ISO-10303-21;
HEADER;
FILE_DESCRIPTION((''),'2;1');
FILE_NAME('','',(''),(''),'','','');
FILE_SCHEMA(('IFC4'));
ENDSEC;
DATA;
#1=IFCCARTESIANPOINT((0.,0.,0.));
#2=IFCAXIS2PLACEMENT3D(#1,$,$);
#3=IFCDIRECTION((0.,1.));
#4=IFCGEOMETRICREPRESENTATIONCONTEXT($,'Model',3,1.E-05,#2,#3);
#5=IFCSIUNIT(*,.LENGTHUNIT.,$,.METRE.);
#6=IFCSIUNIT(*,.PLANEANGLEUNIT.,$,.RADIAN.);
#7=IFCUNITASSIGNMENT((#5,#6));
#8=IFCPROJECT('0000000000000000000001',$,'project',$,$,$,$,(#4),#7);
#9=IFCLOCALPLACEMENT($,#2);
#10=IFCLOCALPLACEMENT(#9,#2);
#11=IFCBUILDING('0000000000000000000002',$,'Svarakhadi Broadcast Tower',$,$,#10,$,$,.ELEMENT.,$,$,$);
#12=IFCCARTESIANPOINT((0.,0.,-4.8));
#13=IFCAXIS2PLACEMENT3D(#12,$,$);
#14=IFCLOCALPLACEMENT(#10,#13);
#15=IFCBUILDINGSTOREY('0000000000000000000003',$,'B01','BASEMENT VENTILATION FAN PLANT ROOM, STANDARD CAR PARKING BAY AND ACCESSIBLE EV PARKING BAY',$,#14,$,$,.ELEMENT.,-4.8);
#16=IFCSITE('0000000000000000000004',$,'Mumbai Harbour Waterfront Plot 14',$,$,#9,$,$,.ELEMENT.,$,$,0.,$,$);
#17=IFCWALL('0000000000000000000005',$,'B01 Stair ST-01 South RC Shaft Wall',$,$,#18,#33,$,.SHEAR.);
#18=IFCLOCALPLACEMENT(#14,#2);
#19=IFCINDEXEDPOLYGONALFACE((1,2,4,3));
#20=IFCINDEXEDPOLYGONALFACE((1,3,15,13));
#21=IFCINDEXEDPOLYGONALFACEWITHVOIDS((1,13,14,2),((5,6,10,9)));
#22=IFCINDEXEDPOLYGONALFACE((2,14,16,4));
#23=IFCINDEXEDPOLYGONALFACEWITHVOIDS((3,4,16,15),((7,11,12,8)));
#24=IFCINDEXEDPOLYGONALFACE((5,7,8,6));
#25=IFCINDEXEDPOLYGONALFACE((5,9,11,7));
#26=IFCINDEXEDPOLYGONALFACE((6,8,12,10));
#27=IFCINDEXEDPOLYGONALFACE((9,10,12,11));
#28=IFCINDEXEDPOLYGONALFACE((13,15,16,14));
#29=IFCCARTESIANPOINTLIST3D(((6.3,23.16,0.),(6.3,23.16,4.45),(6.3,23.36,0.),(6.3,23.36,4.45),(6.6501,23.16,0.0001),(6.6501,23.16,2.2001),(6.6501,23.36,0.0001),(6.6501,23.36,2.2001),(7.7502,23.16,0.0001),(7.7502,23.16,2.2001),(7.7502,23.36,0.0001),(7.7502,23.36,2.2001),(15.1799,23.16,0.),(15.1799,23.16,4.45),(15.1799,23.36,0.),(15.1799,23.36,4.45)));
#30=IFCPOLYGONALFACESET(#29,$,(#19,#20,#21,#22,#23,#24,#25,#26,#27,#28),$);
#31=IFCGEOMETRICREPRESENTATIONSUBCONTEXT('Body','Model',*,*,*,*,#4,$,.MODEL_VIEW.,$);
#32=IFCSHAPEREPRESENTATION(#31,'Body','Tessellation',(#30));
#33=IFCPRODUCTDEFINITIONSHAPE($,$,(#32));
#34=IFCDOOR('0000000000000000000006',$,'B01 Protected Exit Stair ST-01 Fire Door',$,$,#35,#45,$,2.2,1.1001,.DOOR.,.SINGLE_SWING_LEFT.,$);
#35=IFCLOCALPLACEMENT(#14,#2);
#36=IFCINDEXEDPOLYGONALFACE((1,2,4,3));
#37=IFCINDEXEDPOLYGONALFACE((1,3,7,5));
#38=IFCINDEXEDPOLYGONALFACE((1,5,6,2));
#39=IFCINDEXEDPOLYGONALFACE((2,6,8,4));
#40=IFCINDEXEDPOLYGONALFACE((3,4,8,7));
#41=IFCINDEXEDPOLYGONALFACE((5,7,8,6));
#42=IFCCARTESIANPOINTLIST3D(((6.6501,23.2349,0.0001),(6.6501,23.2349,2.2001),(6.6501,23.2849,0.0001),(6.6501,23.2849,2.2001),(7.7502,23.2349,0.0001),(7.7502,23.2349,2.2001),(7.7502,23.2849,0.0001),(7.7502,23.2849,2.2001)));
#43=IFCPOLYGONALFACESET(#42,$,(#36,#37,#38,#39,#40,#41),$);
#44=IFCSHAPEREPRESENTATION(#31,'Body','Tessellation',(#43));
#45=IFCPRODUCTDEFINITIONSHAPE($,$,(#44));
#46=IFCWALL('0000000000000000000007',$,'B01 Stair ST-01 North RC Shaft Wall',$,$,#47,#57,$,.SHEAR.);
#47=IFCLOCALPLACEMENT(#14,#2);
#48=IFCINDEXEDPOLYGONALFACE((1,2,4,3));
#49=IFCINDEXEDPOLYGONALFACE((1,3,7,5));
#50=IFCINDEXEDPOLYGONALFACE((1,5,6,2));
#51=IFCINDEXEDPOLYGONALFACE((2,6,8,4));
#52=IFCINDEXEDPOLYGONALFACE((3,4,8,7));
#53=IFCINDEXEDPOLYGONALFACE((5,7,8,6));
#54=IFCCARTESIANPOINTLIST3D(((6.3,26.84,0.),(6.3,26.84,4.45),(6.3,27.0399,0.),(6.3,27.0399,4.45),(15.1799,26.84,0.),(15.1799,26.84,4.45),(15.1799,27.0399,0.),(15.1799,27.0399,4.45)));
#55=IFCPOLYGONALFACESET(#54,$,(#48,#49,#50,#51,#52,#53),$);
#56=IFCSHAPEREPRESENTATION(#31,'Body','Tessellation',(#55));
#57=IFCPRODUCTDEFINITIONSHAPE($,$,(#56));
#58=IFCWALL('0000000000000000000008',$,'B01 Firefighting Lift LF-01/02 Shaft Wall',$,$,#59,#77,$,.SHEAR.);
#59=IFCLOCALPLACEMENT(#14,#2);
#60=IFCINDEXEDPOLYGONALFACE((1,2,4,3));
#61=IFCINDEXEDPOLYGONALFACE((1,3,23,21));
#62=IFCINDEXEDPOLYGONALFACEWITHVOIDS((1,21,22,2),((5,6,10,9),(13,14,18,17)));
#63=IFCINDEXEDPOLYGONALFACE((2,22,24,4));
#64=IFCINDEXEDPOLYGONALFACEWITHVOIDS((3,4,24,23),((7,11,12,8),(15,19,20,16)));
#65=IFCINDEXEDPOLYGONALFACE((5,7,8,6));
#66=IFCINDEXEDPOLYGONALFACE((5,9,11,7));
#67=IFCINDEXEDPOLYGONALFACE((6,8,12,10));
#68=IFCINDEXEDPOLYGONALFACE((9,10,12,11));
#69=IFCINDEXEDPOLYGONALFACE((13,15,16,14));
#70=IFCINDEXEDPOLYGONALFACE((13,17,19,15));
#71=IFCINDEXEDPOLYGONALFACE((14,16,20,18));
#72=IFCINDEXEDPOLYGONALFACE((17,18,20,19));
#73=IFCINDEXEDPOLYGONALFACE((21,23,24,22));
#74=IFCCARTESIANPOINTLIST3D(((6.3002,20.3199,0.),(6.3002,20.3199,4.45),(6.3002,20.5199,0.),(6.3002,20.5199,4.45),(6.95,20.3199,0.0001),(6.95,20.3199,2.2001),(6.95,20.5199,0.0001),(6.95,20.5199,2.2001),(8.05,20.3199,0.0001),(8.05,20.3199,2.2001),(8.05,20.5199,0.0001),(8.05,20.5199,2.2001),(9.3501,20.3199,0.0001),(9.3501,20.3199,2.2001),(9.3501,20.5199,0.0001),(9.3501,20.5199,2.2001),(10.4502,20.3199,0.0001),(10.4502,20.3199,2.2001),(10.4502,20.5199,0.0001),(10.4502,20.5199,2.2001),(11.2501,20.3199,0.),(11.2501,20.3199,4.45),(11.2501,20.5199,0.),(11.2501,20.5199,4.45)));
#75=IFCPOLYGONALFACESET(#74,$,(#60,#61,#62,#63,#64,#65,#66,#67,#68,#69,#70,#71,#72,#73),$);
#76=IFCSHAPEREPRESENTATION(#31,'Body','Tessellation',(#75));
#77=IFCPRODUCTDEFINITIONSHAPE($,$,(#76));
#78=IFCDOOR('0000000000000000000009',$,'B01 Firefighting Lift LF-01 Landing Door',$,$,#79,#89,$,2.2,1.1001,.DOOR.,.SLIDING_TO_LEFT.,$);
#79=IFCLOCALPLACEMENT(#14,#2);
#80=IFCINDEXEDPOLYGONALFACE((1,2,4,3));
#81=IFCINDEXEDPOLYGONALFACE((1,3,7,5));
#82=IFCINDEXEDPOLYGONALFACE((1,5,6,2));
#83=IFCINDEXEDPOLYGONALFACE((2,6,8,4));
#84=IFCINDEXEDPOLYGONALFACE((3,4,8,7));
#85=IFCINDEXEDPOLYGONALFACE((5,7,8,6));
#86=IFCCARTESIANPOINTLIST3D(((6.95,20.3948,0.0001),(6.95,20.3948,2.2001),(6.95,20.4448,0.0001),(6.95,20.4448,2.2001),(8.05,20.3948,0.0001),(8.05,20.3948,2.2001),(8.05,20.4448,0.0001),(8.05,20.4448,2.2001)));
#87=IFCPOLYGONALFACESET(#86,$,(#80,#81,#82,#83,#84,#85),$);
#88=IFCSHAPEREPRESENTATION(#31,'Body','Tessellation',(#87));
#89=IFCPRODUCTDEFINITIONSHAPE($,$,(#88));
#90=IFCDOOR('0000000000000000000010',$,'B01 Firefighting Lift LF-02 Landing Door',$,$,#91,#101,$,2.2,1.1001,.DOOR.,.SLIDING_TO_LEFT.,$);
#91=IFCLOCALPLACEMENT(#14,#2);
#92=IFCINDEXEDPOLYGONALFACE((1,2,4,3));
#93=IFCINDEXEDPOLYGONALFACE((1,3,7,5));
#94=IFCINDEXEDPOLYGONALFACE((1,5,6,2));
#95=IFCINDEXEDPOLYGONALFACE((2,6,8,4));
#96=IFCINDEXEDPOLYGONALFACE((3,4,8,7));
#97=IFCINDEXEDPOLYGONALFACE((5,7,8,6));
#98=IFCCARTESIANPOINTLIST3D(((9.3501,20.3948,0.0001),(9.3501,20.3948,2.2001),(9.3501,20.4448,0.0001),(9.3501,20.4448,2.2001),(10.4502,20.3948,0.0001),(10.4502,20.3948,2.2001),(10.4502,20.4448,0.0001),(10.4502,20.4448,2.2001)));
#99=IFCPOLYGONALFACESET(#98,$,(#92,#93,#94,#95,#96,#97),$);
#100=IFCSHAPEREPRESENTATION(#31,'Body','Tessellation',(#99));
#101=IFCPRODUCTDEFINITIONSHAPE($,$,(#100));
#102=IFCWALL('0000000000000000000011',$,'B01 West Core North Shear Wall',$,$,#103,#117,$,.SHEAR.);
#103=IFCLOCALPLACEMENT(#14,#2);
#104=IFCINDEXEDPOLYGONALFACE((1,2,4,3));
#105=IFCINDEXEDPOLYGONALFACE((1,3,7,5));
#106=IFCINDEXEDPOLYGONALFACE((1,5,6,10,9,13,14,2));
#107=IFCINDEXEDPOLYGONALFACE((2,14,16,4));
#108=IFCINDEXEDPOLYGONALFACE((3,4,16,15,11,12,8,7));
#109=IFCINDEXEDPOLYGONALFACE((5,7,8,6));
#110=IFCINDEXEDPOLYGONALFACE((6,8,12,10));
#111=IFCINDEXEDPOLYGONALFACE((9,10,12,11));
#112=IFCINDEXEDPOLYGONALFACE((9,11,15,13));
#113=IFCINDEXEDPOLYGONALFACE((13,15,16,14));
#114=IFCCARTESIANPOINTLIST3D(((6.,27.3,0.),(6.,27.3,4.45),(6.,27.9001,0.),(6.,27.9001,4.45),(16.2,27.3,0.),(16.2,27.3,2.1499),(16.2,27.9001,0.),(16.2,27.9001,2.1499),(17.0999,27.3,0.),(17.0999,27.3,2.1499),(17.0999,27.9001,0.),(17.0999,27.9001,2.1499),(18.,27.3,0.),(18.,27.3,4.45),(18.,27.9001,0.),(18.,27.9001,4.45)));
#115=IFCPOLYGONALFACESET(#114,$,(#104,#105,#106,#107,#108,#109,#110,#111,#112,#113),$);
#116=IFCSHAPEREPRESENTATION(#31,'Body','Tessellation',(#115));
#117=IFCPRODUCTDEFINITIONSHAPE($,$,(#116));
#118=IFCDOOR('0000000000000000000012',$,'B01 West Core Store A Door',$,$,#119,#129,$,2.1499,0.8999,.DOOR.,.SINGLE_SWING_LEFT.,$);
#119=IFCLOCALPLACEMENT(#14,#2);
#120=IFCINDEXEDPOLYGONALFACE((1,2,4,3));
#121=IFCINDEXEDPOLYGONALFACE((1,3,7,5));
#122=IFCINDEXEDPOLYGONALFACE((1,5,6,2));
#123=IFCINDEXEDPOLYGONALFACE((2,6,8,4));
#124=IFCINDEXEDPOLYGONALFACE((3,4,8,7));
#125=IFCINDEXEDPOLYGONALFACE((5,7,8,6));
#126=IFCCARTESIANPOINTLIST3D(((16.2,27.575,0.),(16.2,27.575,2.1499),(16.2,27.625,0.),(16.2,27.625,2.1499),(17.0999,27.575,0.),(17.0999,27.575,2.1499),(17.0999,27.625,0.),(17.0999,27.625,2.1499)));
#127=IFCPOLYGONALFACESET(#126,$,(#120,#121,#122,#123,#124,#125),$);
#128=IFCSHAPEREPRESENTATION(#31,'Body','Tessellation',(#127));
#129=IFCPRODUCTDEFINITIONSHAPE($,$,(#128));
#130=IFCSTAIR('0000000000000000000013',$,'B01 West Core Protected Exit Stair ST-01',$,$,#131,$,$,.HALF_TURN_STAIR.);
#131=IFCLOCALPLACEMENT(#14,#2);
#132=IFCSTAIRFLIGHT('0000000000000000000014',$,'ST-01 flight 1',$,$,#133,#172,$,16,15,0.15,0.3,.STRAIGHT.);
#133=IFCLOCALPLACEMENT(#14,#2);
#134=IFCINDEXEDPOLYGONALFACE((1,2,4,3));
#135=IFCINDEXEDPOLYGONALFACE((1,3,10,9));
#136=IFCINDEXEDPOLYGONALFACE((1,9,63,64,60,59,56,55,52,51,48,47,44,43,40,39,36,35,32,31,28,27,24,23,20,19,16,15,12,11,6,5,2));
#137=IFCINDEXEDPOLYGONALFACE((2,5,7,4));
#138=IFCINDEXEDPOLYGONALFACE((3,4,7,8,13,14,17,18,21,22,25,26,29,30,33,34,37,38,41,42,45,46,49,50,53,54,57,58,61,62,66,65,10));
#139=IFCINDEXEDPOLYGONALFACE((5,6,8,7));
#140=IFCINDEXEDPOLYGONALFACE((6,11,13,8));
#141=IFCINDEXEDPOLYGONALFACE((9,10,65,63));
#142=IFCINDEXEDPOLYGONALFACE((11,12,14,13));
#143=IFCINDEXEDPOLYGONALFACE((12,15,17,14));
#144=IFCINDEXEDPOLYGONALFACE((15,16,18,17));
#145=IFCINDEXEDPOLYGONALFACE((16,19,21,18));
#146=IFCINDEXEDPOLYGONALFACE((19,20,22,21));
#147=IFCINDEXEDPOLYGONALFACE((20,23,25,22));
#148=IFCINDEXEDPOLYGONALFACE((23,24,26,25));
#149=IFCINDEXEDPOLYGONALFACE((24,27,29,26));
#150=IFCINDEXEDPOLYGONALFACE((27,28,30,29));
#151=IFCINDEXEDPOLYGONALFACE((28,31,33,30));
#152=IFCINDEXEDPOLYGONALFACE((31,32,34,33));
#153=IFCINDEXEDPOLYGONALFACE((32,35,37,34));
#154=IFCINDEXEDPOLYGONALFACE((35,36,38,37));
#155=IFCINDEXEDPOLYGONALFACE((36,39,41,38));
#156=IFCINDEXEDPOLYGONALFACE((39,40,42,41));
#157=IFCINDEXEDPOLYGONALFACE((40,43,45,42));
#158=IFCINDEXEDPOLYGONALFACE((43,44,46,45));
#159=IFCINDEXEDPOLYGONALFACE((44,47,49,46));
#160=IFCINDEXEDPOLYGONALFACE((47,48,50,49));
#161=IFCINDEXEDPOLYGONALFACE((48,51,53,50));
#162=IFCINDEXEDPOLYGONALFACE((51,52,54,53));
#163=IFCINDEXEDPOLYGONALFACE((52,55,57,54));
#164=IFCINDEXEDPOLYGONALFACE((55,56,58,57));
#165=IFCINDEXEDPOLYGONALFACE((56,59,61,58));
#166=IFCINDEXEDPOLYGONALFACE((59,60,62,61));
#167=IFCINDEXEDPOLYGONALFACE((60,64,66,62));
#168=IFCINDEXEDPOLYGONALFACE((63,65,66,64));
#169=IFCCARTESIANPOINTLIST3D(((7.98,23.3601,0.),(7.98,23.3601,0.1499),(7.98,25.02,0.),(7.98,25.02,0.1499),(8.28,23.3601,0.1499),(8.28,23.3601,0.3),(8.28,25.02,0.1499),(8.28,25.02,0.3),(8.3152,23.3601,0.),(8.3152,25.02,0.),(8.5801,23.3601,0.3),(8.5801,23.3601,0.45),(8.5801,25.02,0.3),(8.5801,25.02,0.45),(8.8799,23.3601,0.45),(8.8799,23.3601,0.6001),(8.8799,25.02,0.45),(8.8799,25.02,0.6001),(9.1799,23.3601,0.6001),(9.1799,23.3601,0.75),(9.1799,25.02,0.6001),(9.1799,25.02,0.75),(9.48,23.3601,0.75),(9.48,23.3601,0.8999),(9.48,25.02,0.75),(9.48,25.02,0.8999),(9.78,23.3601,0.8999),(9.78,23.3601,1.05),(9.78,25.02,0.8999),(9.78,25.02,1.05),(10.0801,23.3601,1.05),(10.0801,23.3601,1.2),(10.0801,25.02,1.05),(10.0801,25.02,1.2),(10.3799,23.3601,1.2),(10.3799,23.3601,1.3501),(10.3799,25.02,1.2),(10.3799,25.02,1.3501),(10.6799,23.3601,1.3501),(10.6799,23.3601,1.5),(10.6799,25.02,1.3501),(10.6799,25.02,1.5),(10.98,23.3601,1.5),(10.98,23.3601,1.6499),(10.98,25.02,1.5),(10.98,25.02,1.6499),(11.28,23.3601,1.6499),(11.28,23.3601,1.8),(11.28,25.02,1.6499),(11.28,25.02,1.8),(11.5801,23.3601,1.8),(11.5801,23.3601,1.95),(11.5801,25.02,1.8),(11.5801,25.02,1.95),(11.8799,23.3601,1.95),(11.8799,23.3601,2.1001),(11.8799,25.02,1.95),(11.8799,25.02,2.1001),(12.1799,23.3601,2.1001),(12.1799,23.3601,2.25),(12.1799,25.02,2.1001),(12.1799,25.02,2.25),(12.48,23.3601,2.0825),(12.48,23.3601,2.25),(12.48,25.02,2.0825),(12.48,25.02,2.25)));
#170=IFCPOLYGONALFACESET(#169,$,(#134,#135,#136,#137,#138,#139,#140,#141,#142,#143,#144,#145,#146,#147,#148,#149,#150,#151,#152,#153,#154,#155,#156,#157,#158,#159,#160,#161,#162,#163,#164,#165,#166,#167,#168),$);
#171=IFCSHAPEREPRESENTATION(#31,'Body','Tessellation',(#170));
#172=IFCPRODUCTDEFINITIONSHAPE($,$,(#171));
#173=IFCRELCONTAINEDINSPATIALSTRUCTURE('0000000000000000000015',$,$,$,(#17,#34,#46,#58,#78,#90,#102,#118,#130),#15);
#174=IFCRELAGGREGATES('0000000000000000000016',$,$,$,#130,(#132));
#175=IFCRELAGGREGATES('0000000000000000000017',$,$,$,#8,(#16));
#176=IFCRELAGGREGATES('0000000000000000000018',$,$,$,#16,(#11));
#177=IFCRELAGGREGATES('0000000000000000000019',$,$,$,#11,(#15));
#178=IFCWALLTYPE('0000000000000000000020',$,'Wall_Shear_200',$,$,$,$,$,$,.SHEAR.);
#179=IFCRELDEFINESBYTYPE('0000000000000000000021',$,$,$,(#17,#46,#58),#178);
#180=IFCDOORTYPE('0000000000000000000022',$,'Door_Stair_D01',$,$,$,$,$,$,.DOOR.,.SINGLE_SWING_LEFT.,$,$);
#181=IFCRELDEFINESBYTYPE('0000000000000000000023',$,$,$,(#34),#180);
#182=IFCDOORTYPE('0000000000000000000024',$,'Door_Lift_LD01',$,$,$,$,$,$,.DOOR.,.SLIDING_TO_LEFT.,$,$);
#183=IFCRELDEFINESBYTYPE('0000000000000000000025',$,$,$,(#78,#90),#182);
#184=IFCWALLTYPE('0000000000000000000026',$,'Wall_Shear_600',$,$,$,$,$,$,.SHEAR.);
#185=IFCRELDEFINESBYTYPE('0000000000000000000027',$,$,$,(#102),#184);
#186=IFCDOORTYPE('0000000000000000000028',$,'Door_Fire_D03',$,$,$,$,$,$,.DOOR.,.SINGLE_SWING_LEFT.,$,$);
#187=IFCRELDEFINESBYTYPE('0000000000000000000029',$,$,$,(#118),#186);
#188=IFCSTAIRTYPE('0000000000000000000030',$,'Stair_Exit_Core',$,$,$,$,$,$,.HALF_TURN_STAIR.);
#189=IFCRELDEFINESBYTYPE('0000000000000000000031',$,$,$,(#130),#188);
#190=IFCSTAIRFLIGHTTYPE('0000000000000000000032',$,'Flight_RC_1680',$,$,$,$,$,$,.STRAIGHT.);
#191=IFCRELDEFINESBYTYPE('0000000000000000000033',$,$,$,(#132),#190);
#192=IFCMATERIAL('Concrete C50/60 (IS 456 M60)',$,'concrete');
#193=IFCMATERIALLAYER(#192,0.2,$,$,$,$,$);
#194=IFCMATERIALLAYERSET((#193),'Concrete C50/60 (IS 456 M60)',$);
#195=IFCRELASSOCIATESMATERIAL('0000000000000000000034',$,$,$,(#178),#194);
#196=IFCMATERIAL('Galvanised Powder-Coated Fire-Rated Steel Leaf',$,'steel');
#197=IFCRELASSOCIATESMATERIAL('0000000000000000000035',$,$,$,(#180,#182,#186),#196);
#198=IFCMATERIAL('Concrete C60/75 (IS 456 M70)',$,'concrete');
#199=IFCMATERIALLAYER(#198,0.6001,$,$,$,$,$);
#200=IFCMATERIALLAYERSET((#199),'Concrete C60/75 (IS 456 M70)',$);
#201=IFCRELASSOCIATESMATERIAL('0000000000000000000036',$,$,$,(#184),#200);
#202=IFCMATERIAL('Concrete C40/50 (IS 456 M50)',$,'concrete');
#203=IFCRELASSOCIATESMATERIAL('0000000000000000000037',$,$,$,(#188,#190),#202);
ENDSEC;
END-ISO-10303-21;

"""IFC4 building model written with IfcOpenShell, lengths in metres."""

from ifc_helpers import new_model, si_unit, direction, frame, frame_2d, origin, place, context, subcontext, project, spatial, polyline, rectangle, outline, extrude, material, layer, layer_set, type_object, element, fill, aggregate, save


model = new_model("IFC4")

# Units and contexts
model_context = context("Model", 3, precision=1e-05, world=origin(), true_north=direction((0.0, 1.0)))
body_context = subcontext(model_context, "Body", "Model", "MODEL_VIEW")
ifc_project = project(units=[si_unit("LENGTHUNIT", "METRE"), si_unit("PLANEANGLEUNIT", "RADIAN")], contexts=[model_context])

# Site, building, storey
site_placement = place(None, origin())
site = spatial("IfcSite", under=ifc_project, at=site_placement, Name="Mumbai Harbour Waterfront Plot 14", CompositionType="ELEMENT", RefElevation=0.0)
building_placement = place(site_placement, origin())
building = spatial("IfcBuilding", under=site, at=building_placement, Name="Svarakhadi Broadcast Tower", CompositionType="ELEMENT")
storey_placement = place(building_placement, frame((0.0, 0.0, -4.8)))
storey = spatial("IfcBuildingStorey", under=building, at=storey_placement, Name="B01", Description="BASEMENT VENTILATION FAN PLANT ROOM, STANDARD CAR PARKING BAY AND ACCESSIBLE EV PARKING BAY", CompositionType="ELEMENT", Elevation=-4.8)

# Shared definitions
ifc_material_1 = material(Name="Concrete C60/75 (IS 456 M70)", Category="concrete")

# Shared definitions
ifc_material_2 = material(Name="Concrete C50/60 (IS 456 M60)", Category="concrete")

# Shared definitions
ifc_material_3 = material(Name="Concrete C40/50 (IS 456 M50)", Category="concrete")

# Wall, opening, door
ifc_layer_1 = layer(ifc_material_2, 0.2)
ifc_layer_set_1 = layer_set([ifc_layer_1], Name="Concrete C50/60 (IS 456 M60)")
wall_type_1 = type_object("IfcWallType", Name="Wall_Shear_200", PredefinedType="SHEAR", material=ifc_layer_set_1)
wall_1_placement = place(storey_placement, frame((6.3, 23.26, 0.0), z_axis=(0.0, 0.0, 1.0), x_axis=(1.0, 0.0, 0.0)))
wall_1 = element("IfcWall", 1, at=wall_1_placement, inside=storey, type_object=wall_type_1, Name="B01 Stair ST-01 South RC Shaft Wall", PredefinedType="SHEAR", context=body_context, shape_type="SweptSolid", body=[
    extrude(rectangle(XDim=8.8799, YDim=0.2, at=frame_2d((4.4399, 0.0))), origin(), (0.0, 0.0, 1.0), 4.45),
])
opening_1_placement = place(wall_1_placement, frame((0.3501, 0.0, 0.0)))
opening_1 = element("IfcOpeningElement", 2, at=opening_1_placement, cuts=wall_1, PredefinedType="OPENING", context=body_context, shape_type="SweptSolid", body=[
    extrude(rectangle(XDim=1.1001, YDim=2.2, at=frame_2d((0.55, 1.1001))), frame((0.0, 0.1099, 0.0), z_axis=(0.0, -1.0, 0.0), x_axis=(1.0, 0.0, 0.0)), (0.0, 0.0, 1.0), 0.22),
])
ifc_material_4 = material(Name="Galvanised Powder-Coated Fire-Rated Steel Leaf", Category="steel")
door_type_1 = type_object("IfcDoorType", Name="Door_Stair_D01", OperationType="SINGLE_SWING_LEFT", PredefinedType="DOOR", material=ifc_material_4)
door_1_placement = place(opening_1_placement, origin())
door_1 = element("IfcDoor", 3, at=door_1_placement, inside=storey, type_object=door_type_1, Name="B01 Protected Exit Stair ST-01 Fire Door", OperationType="SINGLE_SWING_LEFT", OverallHeight=2.2, OverallWidth=1.1001, PredefinedType="DOOR", context=body_context, shape_type="SweptSolid", body=[
    extrude(rectangle(XDim=1.1001, YDim=2.2, at=frame_2d((0.55, 1.1001))), frame((0.0, 0.0249, 0.0), z_axis=(0.0, -1.0, 0.0), x_axis=(1.0, 0.0, 0.0)), (0.0, 0.0, 1.0), 0.05),
])
fill(opening_1, door_1)

# Wall
wall_2_placement = place(storey_placement, frame((6.3, 26.9399, 0.0), z_axis=(0.0, 0.0, 1.0), x_axis=(1.0, 0.0, 0.0)))
element("IfcWall", 4, at=wall_2_placement, inside=storey, type_object=wall_type_1, Name="B01 Stair ST-01 North RC Shaft Wall", PredefinedType="SHEAR", context=body_context, shape_type="SweptSolid", body=[
    extrude(rectangle(XDim=8.8799, YDim=0.2, at=frame_2d((4.4399, 0.0))), origin(), (0.0, 0.0, 1.0), 4.45),
])

# Wall, openings, doors
wall_3_placement = place(storey_placement, frame((6.3, 20.4199, 0.0), z_axis=(0.0, 0.0, 1.0), x_axis=(1.0, 0.0, 0.0)))
wall_3 = element("IfcWall", 5, at=wall_3_placement, inside=storey, type_object=wall_type_1, Name="B01 Firefighting Lift LF-01/02 Shaft Wall", PredefinedType="SHEAR", context=body_context, shape_type="SweptSolid", body=[
    extrude(rectangle(XDim=4.95, YDim=0.2, at=frame_2d((2.4751, 0.0))), origin(), (0.0, 0.0, 1.0), 4.45),
])
opening_2_placement = place(wall_3_placement, frame((0.6499, 0.0, 0.0)))
opening_2 = element("IfcOpeningElement", 6, at=opening_2_placement, cuts=wall_3, PredefinedType="OPENING", context=body_context, shape_type="SweptSolid", body=[
    extrude(rectangle(XDim=1.1001, YDim=2.2, at=frame_2d((0.55, 1.1001))), frame((0.0, 0.1099, 0.0), z_axis=(0.0, -1.0, 0.0), x_axis=(1.0, 0.0, 0.0)), (0.0, 0.0, 1.0), 0.22),
])
opening_3_placement = place(wall_3_placement, frame((3.05, 0.0, 0.0)))
opening_3 = element("IfcOpeningElement", 7, at=opening_3_placement, cuts=wall_3, PredefinedType="OPENING", context=body_context, shape_type="SweptSolid", body=[
    extrude(rectangle(XDim=1.1001, YDim=2.2, at=frame_2d((0.55, 1.1001))), frame((0.0, 0.1099, 0.0), z_axis=(0.0, -1.0, 0.0), x_axis=(1.0, 0.0, 0.0)), (0.0, 0.0, 1.0), 0.22),
])
door_type_2 = type_object("IfcDoorType", Name="Door_Lift_LD01", OperationType="SLIDING_TO_LEFT", PredefinedType="DOOR", material=ifc_material_4)
door_2_placement = place(opening_2_placement, origin())
door_2 = element("IfcDoor", 8, at=door_2_placement, inside=storey, type_object=door_type_2, Name="B01 Firefighting Lift LF-01 Landing Door", OperationType="SLIDING_TO_LEFT", OverallHeight=2.2, OverallWidth=1.1001, PredefinedType="DOOR", context=body_context, shape_type="SweptSolid", body=[
    extrude(rectangle(XDim=1.1001, YDim=2.2, at=frame_2d((0.55, 1.1001))), frame((0.0, 0.0249, 0.0), z_axis=(0.0, -1.0, 0.0), x_axis=(1.0, 0.0, 0.0)), (0.0, 0.0, 1.0), 0.05),
])
fill(opening_2, door_2)
door_3_placement = place(opening_3_placement, origin())
door_3 = element("IfcDoor", 9, at=door_3_placement, inside=storey, type_object=door_type_2, Name="B01 Firefighting Lift LF-02 Landing Door", OperationType="SLIDING_TO_LEFT", OverallHeight=2.2, OverallWidth=1.1001, PredefinedType="DOOR", context=body_context, shape_type="SweptSolid", body=[
    extrude(rectangle(XDim=1.1001, YDim=2.2, at=frame_2d((0.55, 1.1001))), frame((0.0, 0.0249, 0.0), z_axis=(0.0, -1.0, 0.0), x_axis=(1.0, 0.0, 0.0)), (0.0, 0.0, 1.0), 0.05),
])
fill(opening_3, door_3)

# Wall, opening, door
ifc_layer_2 = layer(ifc_material_1, 0.6001)
ifc_layer_set_2 = layer_set([ifc_layer_2], Name="Concrete C60/75 (IS 456 M70)")
wall_type_2 = type_object("IfcWallType", Name="Wall_Shear_600", PredefinedType="SHEAR", material=ifc_layer_set_2)
wall_4_placement = place(storey_placement, frame((6.0, 27.6001, 0.0), z_axis=(0.0, 0.0, 1.0), x_axis=(1.0, 0.0, 0.0)))
wall_4 = element("IfcWall", 10, at=wall_4_placement, inside=storey, type_object=wall_type_2, Name="B01 West Core North Shear Wall", PredefinedType="SHEAR", context=body_context, shape_type="SweptSolid", body=[
    extrude(rectangle(XDim=12.0, YDim=0.6001, at=frame_2d((6.0, 0.0))), origin(), (0.0, 0.0, 1.0), 4.45),
])
opening_4_placement = place(wall_4_placement, frame((10.2, 0.0, 0.0)))
opening_4 = element("IfcOpeningElement", 11, at=opening_4_placement, cuts=wall_4, PredefinedType="OPENING", context=body_context, shape_type="SweptSolid", body=[
    extrude(rectangle(XDim=0.8999, YDim=2.1499, at=frame_2d((0.45, 1.075))), frame((0.0, 0.3101, 0.0), z_axis=(0.0, -1.0, 0.0), x_axis=(1.0, 0.0, 0.0)), (0.0, 0.0, 1.0), 0.6201),
])
door_type_3 = type_object("IfcDoorType", Name="Door_Fire_D03", OperationType="SINGLE_SWING_LEFT", PredefinedType="DOOR", material=ifc_material_4)
door_4_placement = place(opening_4_placement, origin())
door_4 = element("IfcDoor", 12, at=door_4_placement, inside=storey, type_object=door_type_3, Name="B01 West Core Store A Door", OperationType="SINGLE_SWING_LEFT", OverallHeight=2.1499, OverallWidth=0.8999, PredefinedType="DOOR", context=body_context, shape_type="SweptSolid", body=[
    extrude(rectangle(XDim=0.8999, YDim=2.1499, at=frame_2d((0.45, 1.075))), frame((0.0, 0.0249, 0.0), z_axis=(0.0, -1.0, 0.0), x_axis=(1.0, 0.0, 0.0)), (0.0, 0.0, 1.0), 0.05),
])
fill(opening_4, door_4)

# Stair, stair flight
stair_type = type_object("IfcStairType", Name="Stair_Exit_Core", PredefinedType="HALF_TURN_STAIR", material=ifc_material_3)
stair_placement = place(storey_placement, origin())
stair = element("IfcStair", 13, at=stair_placement, inside=storey, type_object=stair_type, Name="B01 West Core Protected Exit Stair ST-01", PredefinedType="HALF_TURN_STAIR")
stair_flight_type = type_object("IfcStairFlightType", Name="Flight_RC_1680", PredefinedType="STRAIGHT", material=ifc_material_3)
stair_flight_placement = place(storey_placement, frame((7.98, 24.1899, 0.0), z_axis=(0.0, 0.0, 1.0), x_axis=(1.0, 0.0, 0.0)))
stair_flight = element("IfcStairFlight", 14, at=stair_flight_placement, type_object=stair_flight_type, Name="ST-01 flight 1", NumberOfRisers=16, NumberOfTreads=15, PredefinedType="STRAIGHT", RiserHeight=0.15, TreadLength=0.3, context=body_context, shape_type="SweptSolid", body=[
    extrude(outline(polyline([(0.0, 0.0), (0.0, 0.1499), (0.3, 0.1499), (0.3, 0.3), (0.6001, 0.3), (0.6001, 0.45), (0.8999, 0.45), (0.8999, 0.6001), (1.2, 0.6001), (1.2, 0.75), (1.5, 0.75), (1.5, 0.8999), (1.8, 0.8999), (1.8, 1.05), (2.1001, 1.05), (2.1001, 1.2), (2.3999, 1.2), (2.3999, 1.3501), (2.7, 1.3501), (2.7, 1.5), (3.0, 1.5), (3.0, 1.6499), (3.3, 1.6499), (3.3, 1.8), (3.6001, 1.8), (3.6001, 1.95), (3.8999, 1.95), (3.8999, 2.1001), (4.2, 2.1001), (4.2, 2.25), (4.5, 2.25), (4.5, 2.3999), (4.5, 2.0825), (0.3352, 0.0), (0.0, 0.0)])), frame((0.0, 0.8301, 0.0), z_axis=(0.0, -1.0, 0.0), x_axis=(1.0, 0.0, 0.0)), (0.0, 0.0, 1.0), 1.6599),
])
aggregate(stair, [stair_flight])

save(model, "model.ifc")
